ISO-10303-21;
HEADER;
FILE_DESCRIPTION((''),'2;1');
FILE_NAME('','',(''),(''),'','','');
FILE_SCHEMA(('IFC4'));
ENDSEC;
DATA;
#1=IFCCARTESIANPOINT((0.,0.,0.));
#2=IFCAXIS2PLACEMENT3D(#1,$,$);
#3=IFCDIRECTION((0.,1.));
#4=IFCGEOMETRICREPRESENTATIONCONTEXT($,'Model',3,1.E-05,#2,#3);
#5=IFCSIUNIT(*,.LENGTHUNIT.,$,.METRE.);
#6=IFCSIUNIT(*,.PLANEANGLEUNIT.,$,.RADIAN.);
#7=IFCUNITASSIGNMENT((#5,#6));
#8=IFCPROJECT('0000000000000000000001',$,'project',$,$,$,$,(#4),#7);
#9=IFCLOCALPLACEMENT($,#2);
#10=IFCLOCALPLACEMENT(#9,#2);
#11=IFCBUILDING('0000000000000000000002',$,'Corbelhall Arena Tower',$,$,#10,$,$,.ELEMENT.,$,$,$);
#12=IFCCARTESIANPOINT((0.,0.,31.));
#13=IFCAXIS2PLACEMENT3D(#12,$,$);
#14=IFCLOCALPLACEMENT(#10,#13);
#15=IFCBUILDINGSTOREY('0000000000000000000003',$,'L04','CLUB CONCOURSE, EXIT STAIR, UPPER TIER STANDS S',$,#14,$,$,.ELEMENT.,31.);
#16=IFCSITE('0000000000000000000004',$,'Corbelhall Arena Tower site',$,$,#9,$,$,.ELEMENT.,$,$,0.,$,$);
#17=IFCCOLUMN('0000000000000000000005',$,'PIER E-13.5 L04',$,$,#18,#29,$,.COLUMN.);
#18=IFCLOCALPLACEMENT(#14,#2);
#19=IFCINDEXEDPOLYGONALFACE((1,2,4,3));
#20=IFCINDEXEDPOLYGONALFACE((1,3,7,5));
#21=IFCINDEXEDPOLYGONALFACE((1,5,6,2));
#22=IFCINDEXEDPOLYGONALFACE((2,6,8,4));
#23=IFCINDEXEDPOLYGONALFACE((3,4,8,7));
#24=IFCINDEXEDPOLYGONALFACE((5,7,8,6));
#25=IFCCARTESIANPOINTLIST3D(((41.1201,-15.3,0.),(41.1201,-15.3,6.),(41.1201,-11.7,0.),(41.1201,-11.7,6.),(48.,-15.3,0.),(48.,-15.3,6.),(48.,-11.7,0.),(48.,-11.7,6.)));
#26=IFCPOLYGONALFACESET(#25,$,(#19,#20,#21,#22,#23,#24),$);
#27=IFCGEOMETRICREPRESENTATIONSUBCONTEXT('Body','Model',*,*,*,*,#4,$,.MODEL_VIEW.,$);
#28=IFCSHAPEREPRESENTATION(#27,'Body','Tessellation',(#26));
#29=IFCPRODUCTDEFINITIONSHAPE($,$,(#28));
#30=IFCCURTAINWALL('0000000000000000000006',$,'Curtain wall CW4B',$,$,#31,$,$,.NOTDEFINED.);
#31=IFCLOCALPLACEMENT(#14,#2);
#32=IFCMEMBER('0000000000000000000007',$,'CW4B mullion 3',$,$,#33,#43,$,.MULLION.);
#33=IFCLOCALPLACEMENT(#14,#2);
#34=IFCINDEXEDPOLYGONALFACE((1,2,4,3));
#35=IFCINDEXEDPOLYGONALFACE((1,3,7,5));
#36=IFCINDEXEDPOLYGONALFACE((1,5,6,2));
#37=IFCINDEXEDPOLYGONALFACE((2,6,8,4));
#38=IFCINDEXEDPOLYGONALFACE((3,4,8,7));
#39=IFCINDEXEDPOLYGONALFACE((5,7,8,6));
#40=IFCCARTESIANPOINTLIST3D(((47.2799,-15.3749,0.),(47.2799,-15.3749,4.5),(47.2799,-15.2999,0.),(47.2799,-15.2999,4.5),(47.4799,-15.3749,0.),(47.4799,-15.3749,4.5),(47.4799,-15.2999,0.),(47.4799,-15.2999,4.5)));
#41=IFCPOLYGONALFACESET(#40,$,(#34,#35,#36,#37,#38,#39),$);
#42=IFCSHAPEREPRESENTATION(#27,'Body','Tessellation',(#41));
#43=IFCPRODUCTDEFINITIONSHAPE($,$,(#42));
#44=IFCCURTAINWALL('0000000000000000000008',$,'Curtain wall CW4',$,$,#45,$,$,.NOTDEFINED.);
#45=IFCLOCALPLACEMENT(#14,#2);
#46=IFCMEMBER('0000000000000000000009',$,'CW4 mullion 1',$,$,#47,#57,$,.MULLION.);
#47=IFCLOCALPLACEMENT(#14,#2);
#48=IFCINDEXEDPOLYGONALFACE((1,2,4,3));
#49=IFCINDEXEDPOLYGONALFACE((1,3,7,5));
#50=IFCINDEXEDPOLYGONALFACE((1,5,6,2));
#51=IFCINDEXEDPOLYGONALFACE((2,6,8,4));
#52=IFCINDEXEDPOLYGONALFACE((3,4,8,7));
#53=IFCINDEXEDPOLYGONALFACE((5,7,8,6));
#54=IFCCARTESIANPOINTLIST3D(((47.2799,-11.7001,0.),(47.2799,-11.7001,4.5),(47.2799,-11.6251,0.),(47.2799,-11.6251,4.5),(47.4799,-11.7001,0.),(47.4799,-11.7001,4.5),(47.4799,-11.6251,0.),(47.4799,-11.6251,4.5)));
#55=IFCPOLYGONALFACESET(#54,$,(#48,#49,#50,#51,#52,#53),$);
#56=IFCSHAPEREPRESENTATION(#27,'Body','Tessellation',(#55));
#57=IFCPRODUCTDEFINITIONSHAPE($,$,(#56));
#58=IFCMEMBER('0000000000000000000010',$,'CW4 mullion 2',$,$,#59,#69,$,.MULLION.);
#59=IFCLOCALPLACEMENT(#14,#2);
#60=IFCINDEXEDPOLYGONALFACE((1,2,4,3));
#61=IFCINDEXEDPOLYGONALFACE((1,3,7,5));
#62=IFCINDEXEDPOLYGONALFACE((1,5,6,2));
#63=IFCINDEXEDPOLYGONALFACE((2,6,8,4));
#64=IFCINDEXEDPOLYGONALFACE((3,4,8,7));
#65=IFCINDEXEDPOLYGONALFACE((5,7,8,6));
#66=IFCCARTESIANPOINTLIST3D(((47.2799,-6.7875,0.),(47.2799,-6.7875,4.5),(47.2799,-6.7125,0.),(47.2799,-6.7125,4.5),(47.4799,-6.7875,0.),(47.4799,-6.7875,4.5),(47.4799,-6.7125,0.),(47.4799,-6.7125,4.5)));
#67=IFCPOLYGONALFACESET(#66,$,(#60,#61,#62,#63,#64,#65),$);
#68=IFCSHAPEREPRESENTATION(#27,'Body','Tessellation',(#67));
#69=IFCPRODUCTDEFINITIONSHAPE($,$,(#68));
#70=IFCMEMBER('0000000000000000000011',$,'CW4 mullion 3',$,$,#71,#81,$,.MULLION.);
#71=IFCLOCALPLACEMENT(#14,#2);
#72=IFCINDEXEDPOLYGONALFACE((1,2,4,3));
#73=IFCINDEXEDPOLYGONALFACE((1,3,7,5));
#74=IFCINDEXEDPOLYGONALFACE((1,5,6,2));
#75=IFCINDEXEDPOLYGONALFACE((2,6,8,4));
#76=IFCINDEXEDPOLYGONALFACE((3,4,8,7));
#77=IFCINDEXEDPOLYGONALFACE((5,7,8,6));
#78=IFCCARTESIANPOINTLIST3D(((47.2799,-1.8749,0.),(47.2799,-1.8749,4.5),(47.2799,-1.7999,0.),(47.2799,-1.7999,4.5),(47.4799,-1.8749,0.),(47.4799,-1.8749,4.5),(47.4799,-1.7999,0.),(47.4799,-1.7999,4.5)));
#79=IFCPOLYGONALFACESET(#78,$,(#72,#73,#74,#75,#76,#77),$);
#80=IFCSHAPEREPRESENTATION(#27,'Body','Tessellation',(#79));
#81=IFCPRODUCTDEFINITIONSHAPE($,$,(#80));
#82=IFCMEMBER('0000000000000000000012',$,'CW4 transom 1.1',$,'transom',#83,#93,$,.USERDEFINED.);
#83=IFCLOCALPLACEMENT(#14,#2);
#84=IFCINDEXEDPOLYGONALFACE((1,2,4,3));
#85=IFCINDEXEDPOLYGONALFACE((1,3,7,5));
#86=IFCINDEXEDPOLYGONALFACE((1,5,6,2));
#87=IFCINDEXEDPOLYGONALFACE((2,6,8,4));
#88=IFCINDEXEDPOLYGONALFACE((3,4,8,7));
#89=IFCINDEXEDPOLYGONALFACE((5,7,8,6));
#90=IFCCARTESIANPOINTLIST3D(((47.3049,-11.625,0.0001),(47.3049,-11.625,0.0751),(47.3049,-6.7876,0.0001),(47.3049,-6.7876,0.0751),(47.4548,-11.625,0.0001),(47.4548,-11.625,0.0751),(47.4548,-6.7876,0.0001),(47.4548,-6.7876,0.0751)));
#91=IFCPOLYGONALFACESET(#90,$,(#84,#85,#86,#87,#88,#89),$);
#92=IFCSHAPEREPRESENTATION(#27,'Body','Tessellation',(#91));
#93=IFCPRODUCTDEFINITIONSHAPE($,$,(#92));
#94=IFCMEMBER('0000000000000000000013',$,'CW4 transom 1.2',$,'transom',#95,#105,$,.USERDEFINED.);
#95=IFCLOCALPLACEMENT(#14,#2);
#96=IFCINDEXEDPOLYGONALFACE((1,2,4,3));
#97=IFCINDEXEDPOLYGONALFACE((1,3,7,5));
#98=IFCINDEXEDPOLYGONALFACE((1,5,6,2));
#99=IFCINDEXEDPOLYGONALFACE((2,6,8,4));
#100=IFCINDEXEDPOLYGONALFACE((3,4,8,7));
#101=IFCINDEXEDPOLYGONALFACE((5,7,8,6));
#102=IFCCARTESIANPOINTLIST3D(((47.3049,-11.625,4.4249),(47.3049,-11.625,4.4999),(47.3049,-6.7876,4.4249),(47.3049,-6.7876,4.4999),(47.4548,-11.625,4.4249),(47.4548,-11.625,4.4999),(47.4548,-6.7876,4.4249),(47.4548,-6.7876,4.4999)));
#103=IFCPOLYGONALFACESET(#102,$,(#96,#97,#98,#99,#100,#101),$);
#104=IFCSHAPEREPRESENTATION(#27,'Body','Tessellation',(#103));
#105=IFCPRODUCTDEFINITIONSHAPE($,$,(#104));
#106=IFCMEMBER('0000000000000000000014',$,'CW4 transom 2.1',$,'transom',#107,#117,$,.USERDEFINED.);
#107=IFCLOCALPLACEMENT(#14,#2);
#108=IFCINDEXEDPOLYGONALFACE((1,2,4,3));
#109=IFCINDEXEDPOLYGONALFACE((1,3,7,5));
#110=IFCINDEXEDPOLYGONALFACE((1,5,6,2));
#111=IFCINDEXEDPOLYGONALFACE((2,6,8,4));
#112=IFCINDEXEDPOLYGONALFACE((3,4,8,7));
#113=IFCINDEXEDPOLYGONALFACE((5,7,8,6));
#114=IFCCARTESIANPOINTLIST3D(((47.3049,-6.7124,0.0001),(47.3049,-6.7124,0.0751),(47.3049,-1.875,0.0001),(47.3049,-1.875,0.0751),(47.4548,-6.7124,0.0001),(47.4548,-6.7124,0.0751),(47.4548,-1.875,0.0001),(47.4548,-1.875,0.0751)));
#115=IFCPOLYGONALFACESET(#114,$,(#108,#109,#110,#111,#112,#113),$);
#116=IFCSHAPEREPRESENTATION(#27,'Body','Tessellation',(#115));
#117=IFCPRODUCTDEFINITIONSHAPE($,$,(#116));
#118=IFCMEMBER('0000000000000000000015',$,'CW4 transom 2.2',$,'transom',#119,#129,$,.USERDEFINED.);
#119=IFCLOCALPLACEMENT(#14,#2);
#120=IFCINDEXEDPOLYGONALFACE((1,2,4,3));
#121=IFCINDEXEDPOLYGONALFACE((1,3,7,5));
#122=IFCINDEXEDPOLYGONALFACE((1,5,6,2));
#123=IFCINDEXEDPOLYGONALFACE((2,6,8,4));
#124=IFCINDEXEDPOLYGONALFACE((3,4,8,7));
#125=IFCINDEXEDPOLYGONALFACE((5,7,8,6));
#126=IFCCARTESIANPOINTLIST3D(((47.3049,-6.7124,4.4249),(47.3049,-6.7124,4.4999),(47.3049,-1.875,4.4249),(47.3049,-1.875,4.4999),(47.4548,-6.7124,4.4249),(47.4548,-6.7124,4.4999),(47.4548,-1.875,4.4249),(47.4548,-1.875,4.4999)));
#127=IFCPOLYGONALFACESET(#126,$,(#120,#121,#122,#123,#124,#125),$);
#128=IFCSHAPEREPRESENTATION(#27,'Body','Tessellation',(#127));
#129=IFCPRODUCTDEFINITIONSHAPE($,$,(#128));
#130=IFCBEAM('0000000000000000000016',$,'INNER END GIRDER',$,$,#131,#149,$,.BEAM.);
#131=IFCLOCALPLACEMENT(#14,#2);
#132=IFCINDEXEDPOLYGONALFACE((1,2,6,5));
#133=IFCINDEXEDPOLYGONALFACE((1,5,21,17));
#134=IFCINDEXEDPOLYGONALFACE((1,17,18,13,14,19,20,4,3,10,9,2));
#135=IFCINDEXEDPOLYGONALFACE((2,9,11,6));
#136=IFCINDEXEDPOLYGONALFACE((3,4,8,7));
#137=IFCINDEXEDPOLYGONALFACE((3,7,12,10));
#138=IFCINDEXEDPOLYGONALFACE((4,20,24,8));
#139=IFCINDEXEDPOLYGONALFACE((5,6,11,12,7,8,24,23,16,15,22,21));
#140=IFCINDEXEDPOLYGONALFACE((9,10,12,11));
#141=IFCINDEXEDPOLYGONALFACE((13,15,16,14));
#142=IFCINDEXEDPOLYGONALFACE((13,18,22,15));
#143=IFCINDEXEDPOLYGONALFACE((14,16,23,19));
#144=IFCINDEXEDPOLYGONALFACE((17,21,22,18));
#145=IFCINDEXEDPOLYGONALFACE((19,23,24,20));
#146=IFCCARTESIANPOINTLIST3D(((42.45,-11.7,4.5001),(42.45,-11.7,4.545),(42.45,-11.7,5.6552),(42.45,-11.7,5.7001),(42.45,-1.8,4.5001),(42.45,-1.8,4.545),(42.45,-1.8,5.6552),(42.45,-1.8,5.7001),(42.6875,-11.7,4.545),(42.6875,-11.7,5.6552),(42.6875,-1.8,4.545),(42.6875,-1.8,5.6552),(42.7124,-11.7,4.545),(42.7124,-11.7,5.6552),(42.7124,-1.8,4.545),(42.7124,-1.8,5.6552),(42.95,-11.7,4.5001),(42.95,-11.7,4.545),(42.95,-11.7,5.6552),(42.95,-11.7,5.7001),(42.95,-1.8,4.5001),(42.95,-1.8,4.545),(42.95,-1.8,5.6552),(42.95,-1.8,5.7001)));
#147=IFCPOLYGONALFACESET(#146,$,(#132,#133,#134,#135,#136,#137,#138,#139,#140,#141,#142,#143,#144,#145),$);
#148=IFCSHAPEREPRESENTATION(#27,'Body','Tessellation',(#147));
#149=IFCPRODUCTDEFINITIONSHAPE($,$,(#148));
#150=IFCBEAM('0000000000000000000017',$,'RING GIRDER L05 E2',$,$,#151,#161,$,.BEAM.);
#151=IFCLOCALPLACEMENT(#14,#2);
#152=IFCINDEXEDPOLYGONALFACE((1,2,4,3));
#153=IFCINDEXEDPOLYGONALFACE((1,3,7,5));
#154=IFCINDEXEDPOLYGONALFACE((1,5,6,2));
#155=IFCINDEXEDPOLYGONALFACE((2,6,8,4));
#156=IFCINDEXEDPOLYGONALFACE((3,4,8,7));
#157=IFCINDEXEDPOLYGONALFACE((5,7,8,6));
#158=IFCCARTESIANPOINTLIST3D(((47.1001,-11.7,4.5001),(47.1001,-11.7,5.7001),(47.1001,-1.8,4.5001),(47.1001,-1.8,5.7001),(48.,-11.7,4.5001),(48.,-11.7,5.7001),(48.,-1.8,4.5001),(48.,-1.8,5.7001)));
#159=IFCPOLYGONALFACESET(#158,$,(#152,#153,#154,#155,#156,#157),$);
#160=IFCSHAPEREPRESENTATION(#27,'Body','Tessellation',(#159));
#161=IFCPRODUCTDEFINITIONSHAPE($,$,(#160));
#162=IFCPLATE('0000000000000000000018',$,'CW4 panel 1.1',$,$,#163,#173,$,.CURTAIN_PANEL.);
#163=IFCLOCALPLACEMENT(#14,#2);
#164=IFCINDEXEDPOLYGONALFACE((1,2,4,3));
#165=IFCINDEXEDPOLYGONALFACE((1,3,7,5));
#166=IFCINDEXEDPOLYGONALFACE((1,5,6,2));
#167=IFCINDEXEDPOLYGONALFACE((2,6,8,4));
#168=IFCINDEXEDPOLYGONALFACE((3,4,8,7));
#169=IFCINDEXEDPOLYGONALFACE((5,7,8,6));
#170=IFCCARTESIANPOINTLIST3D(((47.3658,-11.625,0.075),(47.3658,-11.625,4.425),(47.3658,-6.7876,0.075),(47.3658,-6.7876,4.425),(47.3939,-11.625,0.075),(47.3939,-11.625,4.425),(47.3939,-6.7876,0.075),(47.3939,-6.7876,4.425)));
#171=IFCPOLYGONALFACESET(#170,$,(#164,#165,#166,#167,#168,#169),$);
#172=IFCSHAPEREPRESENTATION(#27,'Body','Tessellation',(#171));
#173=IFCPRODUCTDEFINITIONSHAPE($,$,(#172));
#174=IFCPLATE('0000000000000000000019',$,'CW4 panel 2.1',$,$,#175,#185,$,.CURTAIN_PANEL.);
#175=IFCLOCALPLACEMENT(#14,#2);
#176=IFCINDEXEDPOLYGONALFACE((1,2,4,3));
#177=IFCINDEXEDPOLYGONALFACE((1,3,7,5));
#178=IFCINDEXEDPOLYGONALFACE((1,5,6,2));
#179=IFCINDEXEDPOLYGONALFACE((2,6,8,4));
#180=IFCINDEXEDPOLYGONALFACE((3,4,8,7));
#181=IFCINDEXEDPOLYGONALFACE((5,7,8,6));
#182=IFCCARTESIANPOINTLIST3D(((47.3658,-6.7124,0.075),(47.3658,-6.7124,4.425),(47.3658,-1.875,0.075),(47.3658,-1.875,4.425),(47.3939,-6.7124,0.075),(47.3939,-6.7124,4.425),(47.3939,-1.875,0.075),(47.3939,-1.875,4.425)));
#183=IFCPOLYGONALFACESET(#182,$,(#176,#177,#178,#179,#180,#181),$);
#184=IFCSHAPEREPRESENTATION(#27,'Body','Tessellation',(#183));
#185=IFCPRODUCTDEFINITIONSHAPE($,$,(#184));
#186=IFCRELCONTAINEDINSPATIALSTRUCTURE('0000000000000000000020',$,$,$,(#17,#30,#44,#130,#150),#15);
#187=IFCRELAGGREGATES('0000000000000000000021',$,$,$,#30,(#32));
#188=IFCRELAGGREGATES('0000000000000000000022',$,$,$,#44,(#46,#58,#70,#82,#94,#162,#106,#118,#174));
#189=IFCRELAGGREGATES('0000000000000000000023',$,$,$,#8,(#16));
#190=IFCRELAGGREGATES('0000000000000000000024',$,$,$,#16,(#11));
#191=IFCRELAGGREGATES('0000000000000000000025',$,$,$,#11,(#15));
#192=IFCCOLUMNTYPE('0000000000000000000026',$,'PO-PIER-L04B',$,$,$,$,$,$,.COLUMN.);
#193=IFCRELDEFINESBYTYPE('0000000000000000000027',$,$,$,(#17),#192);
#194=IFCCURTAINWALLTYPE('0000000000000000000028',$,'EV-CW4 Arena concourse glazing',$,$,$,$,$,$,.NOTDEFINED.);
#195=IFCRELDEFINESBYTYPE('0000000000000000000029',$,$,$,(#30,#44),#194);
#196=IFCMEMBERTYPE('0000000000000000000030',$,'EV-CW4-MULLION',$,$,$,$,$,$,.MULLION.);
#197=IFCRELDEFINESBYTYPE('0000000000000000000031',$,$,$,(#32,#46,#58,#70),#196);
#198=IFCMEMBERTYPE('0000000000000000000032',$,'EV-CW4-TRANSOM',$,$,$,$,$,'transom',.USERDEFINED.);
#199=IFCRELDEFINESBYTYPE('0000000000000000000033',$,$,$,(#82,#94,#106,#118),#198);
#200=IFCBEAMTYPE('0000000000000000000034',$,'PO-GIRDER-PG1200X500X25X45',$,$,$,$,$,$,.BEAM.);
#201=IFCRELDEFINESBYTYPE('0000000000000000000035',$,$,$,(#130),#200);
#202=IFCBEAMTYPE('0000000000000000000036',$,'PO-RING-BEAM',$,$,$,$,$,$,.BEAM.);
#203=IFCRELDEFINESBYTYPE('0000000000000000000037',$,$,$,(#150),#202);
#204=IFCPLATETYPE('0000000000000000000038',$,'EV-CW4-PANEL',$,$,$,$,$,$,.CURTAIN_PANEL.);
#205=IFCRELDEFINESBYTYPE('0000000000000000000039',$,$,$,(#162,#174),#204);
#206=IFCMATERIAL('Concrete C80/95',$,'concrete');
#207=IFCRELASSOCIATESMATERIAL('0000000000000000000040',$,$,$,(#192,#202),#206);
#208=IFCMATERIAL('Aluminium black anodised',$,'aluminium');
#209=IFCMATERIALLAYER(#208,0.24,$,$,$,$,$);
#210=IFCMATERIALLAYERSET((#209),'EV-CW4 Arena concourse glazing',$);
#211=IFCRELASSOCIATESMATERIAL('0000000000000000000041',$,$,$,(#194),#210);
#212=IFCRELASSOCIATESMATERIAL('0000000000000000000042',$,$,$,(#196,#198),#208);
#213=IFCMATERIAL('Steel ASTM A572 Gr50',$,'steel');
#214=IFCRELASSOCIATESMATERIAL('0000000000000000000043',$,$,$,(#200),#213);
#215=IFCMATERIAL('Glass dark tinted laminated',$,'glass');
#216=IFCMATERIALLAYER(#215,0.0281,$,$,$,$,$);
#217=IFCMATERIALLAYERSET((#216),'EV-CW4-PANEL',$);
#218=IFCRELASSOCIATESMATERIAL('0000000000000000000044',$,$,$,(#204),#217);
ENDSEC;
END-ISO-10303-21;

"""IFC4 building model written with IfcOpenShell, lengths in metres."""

from ifc_helpers import new_model, si_unit, direction, frame, origin, origin_2d, place, context, subcontext, project, spatial, rectangle, i_section, extrude, material, layer, layer_set, material_profile, profile_set, type_object, element, aggregate, save


model = new_model("IFC4")

# Units and contexts
model_context = context("Model", 3, precision=1e-05, world=origin(), true_north=direction((0.0, 1.0)))
body_context = subcontext(model_context, "Body", "Model", "MODEL_VIEW")
ifc_project = project(units=[si_unit("LENGTHUNIT", "METRE"), si_unit("PLANEANGLEUNIT", "RADIAN")], contexts=[model_context])

# Site, building, storey
site_placement = place(None, origin())
site = spatial("IfcSite", under=ifc_project, at=site_placement, Name="Corbelhall Arena Tower site", CompositionType="ELEMENT", RefElevation=0.0)
building_placement = place(site_placement, origin())
building = spatial("IfcBuilding", under=site, at=building_placement, Name="Corbelhall Arena Tower", CompositionType="ELEMENT")
storey_placement = place(building_placement, frame((0.0, 0.0, 31.0)))
storey = spatial("IfcBuildingStorey", under=building, at=storey_placement, Name="L04", Description="CLUB CONCOURSE, EXIT STAIR, UPPER TIER STANDS S", CompositionType="ELEMENT", Elevation=31.0)

# Column
ifc_material_1 = material(Name="Concrete C80/95", Category="concrete")
ifc_material_profile_1 = material_profile(ifc_material_1, rectangle(XDim=3.6001, YDim=6.8799, at=origin_2d()))
ifc_profile_set_1 = profile_set([ifc_material_profile_1], Name="Concrete C80/95")
column_type = type_object("IfcColumnType", Name="PO-PIER-L04B", PredefinedType="COLUMN", material=ifc_profile_set_1)
column_placement = place(storey_placement, frame((44.5601, -13.5, 0.0), z_axis=(0.0, 0.0, 1.0), x_axis=(0.0, 1.0, 0.0)))
element("IfcColumn", 1, at=column_placement, inside=storey, type_object=column_type, Name="PIER E-13.5 L04", PredefinedType="COLUMN", context=body_context, shape_type="SweptSolid", body=[
    extrude(rectangle(XDim=3.6001, YDim=6.8799, at=origin_2d()), origin(), (0.0, 0.0, 1.0), 6.0),
])

# Curtain wall, member
ifc_material_2 = material(Name="Aluminium black anodised", Category="aluminium")
ifc_layer_1 = layer(ifc_material_2, 0.24)
ifc_layer_set_1 = layer_set([ifc_layer_1], Name="EV-CW4 Arena concourse glazing")
curtain_wall_type = type_object("IfcCurtainWallType", Name="EV-CW4 Arena concourse glazing", PredefinedType="NOTDEFINED", material=ifc_layer_set_1)
curtain_wall_1_placement = place(storey_placement, origin())
curtain_wall_1 = element("IfcCurtainWall", 2, at=curtain_wall_1_placement, inside=storey, type_object=curtain_wall_type, Name="Curtain wall CW4B", PredefinedType="NOTDEFINED")
ifc_material_profile_2 = material_profile(ifc_material_2, rectangle(XDim=0.2, YDim=0.075, at=origin_2d()))
ifc_profile_set_2 = profile_set([ifc_material_profile_2], Name="Aluminium black anodised")
member_type_1 = type_object("IfcMemberType", Name="EV-CW4-MULLION", PredefinedType="MULLION", material=ifc_profile_set_2)
member_1_placement = place(storey_placement, frame((47.3799, -15.3374, 0.0), z_axis=(0.0, 0.0, 1.0), x_axis=(-1.0, 0.0, 0.0)))
member_1 = element("IfcMember", 3, at=member_1_placement, type_object=member_type_1, Name="CW4B mullion 3", PredefinedType="MULLION", context=body_context, shape_type="SweptSolid", body=[
    extrude(rectangle(XDim=0.2, YDim=0.075, at=origin_2d()), origin(), (0.0, 0.0, 1.0), 4.5),
])
aggregate(curtain_wall_1, [member_1])

# Curtain wall, members
curtain_wall_2_placement = place(storey_placement, origin())
curtain_wall_2 = element("IfcCurtainWall", 4, at=curtain_wall_2_placement, inside=storey, type_object=curtain_wall_type, Name="Curtain wall CW4", PredefinedType="NOTDEFINED")
member_2_placement = place(storey_placement, frame((47.3799, -11.6626, 0.0), z_axis=(0.0, 0.0, 1.0), x_axis=(-1.0, 0.0, 0.0)))
member_2 = element("IfcMember", 5, at=member_2_placement, type_object=member_type_1, Name="CW4 mullion 1", PredefinedType="MULLION", context=body_context, shape_type="SweptSolid", body=[
    extrude(rectangle(XDim=0.2, YDim=0.075, at=origin_2d()), origin(), (0.0, 0.0, 1.0), 4.5),
])
member_3_placement = place(storey_placement, frame((47.3799, -6.75, 0.0), z_axis=(0.0, 0.0, 1.0), x_axis=(-1.0, 0.0, 0.0)))
member_3 = element("IfcMember", 6, at=member_3_placement, type_object=member_type_1, Name="CW4 mullion 2", PredefinedType="MULLION", context=body_context, shape_type="SweptSolid", body=[
    extrude(rectangle(XDim=0.2, YDim=0.075, at=origin_2d()), origin(), (0.0, 0.0, 1.0), 4.5),
])
member_4_placement = place(storey_placement, frame((47.3799, -1.8374, 0.0), z_axis=(0.0, 0.0, 1.0), x_axis=(-1.0, 0.0, 0.0)))
member_4 = element("IfcMember", 7, at=member_4_placement, type_object=member_type_1, Name="CW4 mullion 3", PredefinedType="MULLION", context=body_context, shape_type="SweptSolid", body=[
    extrude(rectangle(XDim=0.2, YDim=0.075, at=origin_2d()), origin(), (0.0, 0.0, 1.0), 4.5),
])
ifc_material_profile_3 = material_profile(ifc_material_2, rectangle(XDim=0.1499, YDim=0.075, at=origin_2d()))
ifc_profile_set_3 = profile_set([ifc_material_profile_3], Name="Aluminium black anodised")
member_type_2 = type_object("IfcMemberType", Name="EV-CW4-TRANSOM", ElementType="transom", PredefinedType="USERDEFINED", material=ifc_profile_set_3)
member_5_placement = place(storey_placement, frame((47.3799, -11.625, 0.0376), z_axis=(0.0, 1.0, 0.0), x_axis=(-1.0, 0.0, 0.0)))
member_5 = element("IfcMember", 8, at=member_5_placement, type_object=member_type_2, Name="CW4 transom 1.1", ObjectType="transom", PredefinedType="USERDEFINED", context=body_context, shape_type="SweptSolid", body=[
    extrude(rectangle(XDim=0.1499, YDim=0.075, at=origin_2d()), origin(), (0.0, 0.0, 1.0), 4.8374),
])
member_6_placement = place(storey_placement, frame((47.3799, -11.625, 4.4624), z_axis=(0.0, 1.0, 0.0), x_axis=(-1.0, 0.0, 0.0)))
member_6 = element("IfcMember", 9, at=member_6_placement, type_object=member_type_2, Name="CW4 transom 1.2", ObjectType="transom", PredefinedType="USERDEFINED", context=body_context, shape_type="SweptSolid", body=[
    extrude(rectangle(XDim=0.1499, YDim=0.075, at=origin_2d()), origin(), (0.0, 0.0, 1.0), 4.8374),
])
member_7_placement = place(storey_placement, frame((47.3799, -6.7124, 0.0376), z_axis=(0.0, 1.0, 0.0), x_axis=(-1.0, 0.0, 0.0)))
member_7 = element("IfcMember", 10, at=member_7_placement, type_object=member_type_2, Name="CW4 transom 2.1", ObjectType="transom", PredefinedType="USERDEFINED", context=body_context, shape_type="SweptSolid", body=[
    extrude(rectangle(XDim=0.1499, YDim=0.075, at=origin_2d()), origin(), (0.0, 0.0, 1.0), 4.8374),
])
member_8_placement = place(storey_placement, frame((47.3799, -6.7124, 4.4624), z_axis=(0.0, 1.0, 0.0), x_axis=(-1.0, 0.0, 0.0)))
member_8 = element("IfcMember", 11, at=member_8_placement, type_object=member_type_2, Name="CW4 transom 2.2", ObjectType="transom", PredefinedType="USERDEFINED", context=body_context, shape_type="SweptSolid", body=[
    extrude(rectangle(XDim=0.1499, YDim=0.075, at=origin_2d()), origin(), (0.0, 0.0, 1.0), 4.8374),
])

# Beams
ifc_material_3 = material(Name="Steel ASTM A572 Gr50", Category="steel")
ifc_material_profile_4 = material_profile(ifc_material_3, i_section(OverallWidth=0.5, OverallDepth=1.2, WebThickness=0.0249, FlangeThickness=0.0449, at=origin_2d()))
ifc_profile_set_4 = profile_set([ifc_material_profile_4], Name="Steel ASTM A572 Gr50")
beam_type_1 = type_object("IfcBeamType", Name="PO-GIRDER-PG1200X500X25X45", PredefinedType="BEAM", material=ifc_profile_set_4)
beam_1_placement = place(storey_placement, frame((42.7, -11.7, 5.1001), z_axis=(0.0, 1.0, 0.0), x_axis=(-1.0, 0.0, 0.0)))
element("IfcBeam", 12, at=beam_1_placement, inside=storey, type_object=beam_type_1, Name="INNER END GIRDER", PredefinedType="BEAM", context=body_context, shape_type="SweptSolid", body=[
    extrude(i_section(OverallWidth=0.5, OverallDepth=1.2, WebThickness=0.0249, FlangeThickness=0.0449, at=origin_2d()), origin(), (0.0, 0.0, 1.0), 9.8999),
])
ifc_material_profile_5 = material_profile(ifc_material_1, rectangle(XDim=0.8999, YDim=1.2, at=origin_2d()))
ifc_profile_set_5 = profile_set([ifc_material_profile_5], Name="Concrete C80/95")
beam_type_2 = type_object("IfcBeamType", Name="PO-RING-BEAM", PredefinedType="BEAM", material=ifc_profile_set_5)
beam_2_placement = place(storey_placement, frame((47.55, -11.7, 5.1001), z_axis=(0.0, 1.0, 0.0), x_axis=(-1.0, 0.0, 0.0)))
element("IfcBeam", 13, at=beam_2_placement, inside=storey, type_object=beam_type_2, Name="RING GIRDER L05 E2", PredefinedType="BEAM", context=body_context, shape_type="SweptSolid", body=[
    extrude(rectangle(XDim=0.8999, YDim=1.2, at=origin_2d()), origin(), (0.0, 0.0, 1.0), 9.8999),
])

# Plates
ifc_material_4 = material(Name="Glass dark tinted laminated", Category="glass")
ifc_layer_2 = layer(ifc_material_4, 0.0281)
ifc_layer_set_2 = layer_set([ifc_layer_2], Name="EV-CW4-PANEL")
plate_type = type_object("IfcPlateType", Name="EV-CW4-PANEL", PredefinedType="CURTAIN_PANEL", material=ifc_layer_set_2)
plate_1_placement = place(storey_placement, frame((47.3799, -9.2063, 0.075), z_axis=(0.0, 0.0, 1.0), x_axis=(0.0, 1.0, 0.0)))
plate_1 = element("IfcPlate", 14, at=plate_1_placement, type_object=plate_type, Name="CW4 panel 1.1", PredefinedType="CURTAIN_PANEL", context=body_context, shape_type="SweptSolid", body=[
    extrude(rectangle(XDim=4.8374, YDim=0.0281, at=origin_2d()), origin(), (0.0, 0.0, 1.0), 4.3501),
])
plate_2_placement = place(storey_placement, frame((47.3799, -4.2937, 0.075), z_axis=(0.0, 0.0, 1.0), x_axis=(0.0, 1.0, 0.0)))
plate_2 = element("IfcPlate", 15, at=plate_2_placement, type_object=plate_type, Name="CW4 panel 2.1", PredefinedType="CURTAIN_PANEL", context=body_context, shape_type="SweptSolid", body=[
    extrude(rectangle(XDim=4.8374, YDim=0.0281, at=origin_2d()), origin(), (0.0, 0.0, 1.0), 4.3501),
])
aggregate(curtain_wall_2, [member_2, member_3, member_4, member_5, member_6, plate_1, member_7, member_8, plate_2])

save(model, "model.ifc")
